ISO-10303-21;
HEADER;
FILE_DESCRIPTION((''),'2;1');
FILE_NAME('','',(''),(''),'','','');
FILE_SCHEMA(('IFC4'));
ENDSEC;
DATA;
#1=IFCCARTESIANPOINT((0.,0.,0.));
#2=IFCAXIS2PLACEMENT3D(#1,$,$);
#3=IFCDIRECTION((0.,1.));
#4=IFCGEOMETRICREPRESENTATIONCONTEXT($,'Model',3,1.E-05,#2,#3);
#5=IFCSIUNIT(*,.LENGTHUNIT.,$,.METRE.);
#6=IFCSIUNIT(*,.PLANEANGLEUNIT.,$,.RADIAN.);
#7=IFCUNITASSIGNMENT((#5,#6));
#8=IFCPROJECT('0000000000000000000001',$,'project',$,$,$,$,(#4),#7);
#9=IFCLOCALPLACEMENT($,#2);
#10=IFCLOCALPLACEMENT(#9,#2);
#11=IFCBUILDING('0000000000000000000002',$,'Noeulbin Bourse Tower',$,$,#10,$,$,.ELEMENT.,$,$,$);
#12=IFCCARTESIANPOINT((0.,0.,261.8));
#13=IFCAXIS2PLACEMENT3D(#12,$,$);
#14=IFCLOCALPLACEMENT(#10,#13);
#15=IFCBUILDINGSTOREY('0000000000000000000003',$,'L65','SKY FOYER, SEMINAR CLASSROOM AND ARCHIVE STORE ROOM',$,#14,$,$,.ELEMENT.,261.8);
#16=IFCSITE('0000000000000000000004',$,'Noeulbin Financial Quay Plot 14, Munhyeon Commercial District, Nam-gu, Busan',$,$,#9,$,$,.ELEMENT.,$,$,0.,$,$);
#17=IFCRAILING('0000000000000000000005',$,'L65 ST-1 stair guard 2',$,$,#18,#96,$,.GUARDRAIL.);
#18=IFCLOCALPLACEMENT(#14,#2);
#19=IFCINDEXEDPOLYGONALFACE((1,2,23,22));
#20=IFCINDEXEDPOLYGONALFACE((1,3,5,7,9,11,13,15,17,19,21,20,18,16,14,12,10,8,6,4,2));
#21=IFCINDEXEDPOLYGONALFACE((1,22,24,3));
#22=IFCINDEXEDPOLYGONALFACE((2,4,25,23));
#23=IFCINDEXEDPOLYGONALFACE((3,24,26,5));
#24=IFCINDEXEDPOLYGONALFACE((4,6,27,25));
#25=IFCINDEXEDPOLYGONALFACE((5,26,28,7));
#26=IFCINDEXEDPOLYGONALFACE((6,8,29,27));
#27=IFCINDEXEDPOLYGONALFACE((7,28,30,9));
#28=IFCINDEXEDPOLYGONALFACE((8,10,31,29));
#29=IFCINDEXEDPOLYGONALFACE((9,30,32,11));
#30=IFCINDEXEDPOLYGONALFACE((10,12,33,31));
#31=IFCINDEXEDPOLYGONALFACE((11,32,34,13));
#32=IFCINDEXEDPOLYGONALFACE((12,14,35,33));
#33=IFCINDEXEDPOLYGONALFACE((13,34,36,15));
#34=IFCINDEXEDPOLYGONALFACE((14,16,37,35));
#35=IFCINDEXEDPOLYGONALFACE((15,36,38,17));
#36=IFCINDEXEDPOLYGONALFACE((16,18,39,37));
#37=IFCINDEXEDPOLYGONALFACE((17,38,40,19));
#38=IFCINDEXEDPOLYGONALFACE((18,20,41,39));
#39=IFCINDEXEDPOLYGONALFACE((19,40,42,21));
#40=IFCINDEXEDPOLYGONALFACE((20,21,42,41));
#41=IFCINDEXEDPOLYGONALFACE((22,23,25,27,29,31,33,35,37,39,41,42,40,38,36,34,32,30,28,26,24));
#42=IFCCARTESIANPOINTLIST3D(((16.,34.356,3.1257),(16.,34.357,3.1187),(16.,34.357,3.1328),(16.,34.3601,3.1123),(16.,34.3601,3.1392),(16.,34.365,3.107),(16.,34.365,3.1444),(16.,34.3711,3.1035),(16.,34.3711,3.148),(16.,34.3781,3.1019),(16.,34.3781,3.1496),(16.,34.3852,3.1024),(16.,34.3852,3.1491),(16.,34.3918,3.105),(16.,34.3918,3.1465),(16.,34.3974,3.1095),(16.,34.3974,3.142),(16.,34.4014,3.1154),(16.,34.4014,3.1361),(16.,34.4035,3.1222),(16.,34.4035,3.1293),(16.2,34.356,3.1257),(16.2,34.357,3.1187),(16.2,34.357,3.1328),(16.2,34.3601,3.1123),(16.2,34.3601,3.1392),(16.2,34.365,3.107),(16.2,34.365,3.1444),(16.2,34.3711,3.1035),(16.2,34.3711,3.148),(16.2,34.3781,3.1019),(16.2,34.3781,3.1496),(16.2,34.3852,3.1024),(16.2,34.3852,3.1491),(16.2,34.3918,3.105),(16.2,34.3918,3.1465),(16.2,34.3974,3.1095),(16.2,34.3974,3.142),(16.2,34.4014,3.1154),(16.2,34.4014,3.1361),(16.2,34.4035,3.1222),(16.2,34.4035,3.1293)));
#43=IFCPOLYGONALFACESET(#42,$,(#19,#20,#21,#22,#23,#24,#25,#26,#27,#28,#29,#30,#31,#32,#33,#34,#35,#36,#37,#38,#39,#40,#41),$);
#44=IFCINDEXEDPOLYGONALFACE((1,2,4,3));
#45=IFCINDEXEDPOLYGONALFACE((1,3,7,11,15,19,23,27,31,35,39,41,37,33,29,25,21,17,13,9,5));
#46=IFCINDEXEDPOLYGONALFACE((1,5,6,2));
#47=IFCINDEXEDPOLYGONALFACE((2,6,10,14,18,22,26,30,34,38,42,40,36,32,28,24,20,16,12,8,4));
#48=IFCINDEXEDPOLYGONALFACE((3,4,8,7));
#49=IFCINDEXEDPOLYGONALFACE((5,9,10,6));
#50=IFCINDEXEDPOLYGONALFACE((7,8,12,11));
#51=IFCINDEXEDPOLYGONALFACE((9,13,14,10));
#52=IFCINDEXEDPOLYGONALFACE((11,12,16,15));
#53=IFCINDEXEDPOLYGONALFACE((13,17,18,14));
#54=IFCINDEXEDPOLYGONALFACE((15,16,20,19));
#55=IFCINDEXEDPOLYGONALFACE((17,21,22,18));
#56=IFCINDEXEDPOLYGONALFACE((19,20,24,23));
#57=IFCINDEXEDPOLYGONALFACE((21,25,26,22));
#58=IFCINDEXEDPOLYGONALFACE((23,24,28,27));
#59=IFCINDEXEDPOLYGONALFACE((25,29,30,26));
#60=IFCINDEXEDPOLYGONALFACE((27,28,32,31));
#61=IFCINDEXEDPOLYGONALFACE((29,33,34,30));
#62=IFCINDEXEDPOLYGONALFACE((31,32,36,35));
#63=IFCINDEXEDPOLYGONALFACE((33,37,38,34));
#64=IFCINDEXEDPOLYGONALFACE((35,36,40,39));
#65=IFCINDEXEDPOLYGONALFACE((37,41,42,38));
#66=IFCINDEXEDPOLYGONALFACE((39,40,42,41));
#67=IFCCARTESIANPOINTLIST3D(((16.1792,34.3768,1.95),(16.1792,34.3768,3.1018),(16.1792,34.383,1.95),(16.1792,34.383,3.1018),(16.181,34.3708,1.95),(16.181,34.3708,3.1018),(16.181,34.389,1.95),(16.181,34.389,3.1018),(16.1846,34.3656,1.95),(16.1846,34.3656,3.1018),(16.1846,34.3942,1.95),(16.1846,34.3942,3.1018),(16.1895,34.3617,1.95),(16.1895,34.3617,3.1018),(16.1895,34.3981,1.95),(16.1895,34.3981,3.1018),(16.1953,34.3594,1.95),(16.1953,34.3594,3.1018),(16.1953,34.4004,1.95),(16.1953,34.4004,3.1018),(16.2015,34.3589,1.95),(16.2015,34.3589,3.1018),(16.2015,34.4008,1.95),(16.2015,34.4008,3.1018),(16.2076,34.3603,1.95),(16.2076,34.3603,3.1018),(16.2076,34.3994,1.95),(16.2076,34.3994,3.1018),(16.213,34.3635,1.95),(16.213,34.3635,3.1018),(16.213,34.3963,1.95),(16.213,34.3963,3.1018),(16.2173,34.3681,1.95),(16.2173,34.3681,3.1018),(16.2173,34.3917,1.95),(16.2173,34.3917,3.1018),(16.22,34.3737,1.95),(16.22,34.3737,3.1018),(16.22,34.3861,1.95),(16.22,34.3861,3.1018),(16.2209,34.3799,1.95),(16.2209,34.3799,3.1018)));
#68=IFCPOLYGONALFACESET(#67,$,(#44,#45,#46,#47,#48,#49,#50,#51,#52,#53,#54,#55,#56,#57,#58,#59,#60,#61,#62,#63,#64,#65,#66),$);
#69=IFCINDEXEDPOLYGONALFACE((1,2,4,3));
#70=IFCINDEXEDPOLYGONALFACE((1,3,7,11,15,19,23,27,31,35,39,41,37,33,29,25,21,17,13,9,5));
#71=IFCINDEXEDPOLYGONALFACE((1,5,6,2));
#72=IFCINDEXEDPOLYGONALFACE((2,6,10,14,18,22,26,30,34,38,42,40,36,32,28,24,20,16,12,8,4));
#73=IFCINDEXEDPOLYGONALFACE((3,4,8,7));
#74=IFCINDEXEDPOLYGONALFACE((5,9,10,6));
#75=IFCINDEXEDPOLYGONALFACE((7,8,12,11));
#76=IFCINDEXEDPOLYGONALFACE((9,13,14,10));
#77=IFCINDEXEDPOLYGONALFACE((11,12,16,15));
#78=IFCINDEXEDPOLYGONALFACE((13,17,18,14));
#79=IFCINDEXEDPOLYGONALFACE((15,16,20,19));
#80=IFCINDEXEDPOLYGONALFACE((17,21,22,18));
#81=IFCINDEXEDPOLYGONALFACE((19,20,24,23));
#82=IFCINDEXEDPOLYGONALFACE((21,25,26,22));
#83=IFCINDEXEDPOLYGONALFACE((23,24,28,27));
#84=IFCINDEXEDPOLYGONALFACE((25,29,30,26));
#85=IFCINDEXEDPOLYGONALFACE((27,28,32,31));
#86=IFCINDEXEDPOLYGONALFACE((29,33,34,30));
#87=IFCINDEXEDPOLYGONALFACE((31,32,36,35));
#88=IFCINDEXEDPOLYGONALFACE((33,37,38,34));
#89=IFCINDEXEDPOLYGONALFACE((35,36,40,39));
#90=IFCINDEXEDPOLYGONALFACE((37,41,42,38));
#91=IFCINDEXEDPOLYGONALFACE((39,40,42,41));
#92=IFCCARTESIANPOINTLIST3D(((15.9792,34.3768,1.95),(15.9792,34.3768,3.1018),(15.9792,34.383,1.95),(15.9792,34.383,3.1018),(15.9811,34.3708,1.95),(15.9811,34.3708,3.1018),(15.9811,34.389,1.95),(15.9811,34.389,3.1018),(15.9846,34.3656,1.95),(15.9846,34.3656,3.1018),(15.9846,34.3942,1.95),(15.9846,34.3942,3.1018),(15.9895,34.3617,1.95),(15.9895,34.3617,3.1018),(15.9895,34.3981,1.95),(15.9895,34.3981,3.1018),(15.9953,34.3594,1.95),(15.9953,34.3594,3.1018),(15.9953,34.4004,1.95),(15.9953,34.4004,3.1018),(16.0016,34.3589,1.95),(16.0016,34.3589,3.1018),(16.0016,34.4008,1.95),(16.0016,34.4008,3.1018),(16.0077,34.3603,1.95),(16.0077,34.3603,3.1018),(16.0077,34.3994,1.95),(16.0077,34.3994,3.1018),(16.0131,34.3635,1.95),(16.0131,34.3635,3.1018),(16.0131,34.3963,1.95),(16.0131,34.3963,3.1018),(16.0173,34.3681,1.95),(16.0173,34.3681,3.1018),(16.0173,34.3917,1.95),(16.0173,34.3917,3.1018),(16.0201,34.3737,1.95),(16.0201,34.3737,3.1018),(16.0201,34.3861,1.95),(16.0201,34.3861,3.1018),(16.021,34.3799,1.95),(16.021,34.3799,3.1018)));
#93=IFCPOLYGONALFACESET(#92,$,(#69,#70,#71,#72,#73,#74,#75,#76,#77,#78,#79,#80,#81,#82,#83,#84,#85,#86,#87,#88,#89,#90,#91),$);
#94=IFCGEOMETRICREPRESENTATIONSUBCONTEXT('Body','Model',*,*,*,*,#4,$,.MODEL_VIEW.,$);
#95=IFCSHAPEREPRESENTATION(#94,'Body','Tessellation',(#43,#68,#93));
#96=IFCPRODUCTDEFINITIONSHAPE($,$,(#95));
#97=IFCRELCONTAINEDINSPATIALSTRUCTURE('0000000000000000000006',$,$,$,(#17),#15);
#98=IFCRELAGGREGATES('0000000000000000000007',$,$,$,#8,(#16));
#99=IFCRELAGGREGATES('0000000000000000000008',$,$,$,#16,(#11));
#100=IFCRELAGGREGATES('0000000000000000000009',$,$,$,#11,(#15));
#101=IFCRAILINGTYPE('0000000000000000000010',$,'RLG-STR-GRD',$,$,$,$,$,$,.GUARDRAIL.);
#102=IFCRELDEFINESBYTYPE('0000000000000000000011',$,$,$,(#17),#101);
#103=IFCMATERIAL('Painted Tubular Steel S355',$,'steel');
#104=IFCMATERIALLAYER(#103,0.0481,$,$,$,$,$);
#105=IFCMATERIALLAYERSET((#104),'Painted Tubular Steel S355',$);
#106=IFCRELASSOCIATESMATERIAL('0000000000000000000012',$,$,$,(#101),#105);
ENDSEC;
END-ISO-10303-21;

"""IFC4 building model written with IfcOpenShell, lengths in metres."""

from ifc_helpers import new_model, si_unit, direction, frame, origin, origin_2d, place, context, subcontext, project, spatial, circle, extrude, material, layer, layer_set, type_object, element, save


model = new_model("IFC4")

# Units and contexts
model_context = context("Model", 3, precision=1e-05, world=origin(), true_north=direction((0.0, 1.0)))
body_context = subcontext(model_context, "Body", "Model", "MODEL_VIEW")
ifc_project = project(units=[si_unit("LENGTHUNIT", "METRE"), si_unit("PLANEANGLEUNIT", "RADIAN")], contexts=[model_context])

# Site, building, storey
site_placement = place(None, origin())
site = spatial("IfcSite", under=ifc_project, at=site_placement, Name="Noeulbin Financial Quay Plot 14, Munhyeon Commercial District, Nam-gu, Busan", CompositionType="ELEMENT", RefElevation=0.0)
building_placement = place(site_placement, origin())
building = spatial("IfcBuilding", under=site, at=building_placement, Name="Noeulbin Bourse Tower", CompositionType="ELEMENT")
storey_placement = place(building_placement, frame((0.0, 0.0, 261.8)))
storey = spatial("IfcBuildingStorey", under=building, at=storey_placement, Name="L65", Description="SKY FOYER, SEMINAR CLASSROOM AND ARCHIVE STORE ROOM", CompositionType="ELEMENT", Elevation=261.8)

# Railing
ifc_material_1 = material(Name="Painted Tubular Steel S355", Category="steel")
ifc_layer_1 = layer(ifc_material_1, 0.0481)
ifc_layer_set_1 = layer_set([ifc_layer_1], Name="Painted Tubular Steel S355")
railing_type_1 = type_object("IfcRailingType", Name="RLG-STR-GRD", PredefinedType="GUARDRAIL", material=ifc_layer_set_1)
railing_1_placement = place(storey_placement, frame((16.2, 34.3799, 1.95)))
element("IfcRailing", 1, at=railing_1_placement, inside=storey, type_object=railing_type_1, Name="L65 ST-1 stair guard 2", PredefinedType="GUARDRAIL", context=body_context, shape_type="SweptSolid", body=[
    extrude(circle(Radius=0.0239, at=origin_2d()), frame((0.0, 0.0, 1.1758), z_axis=(-1.0, 0.0, 0.0), x_axis=(0.0, -1.0, 0.0)), (0.0, 0.0, 1.0), 0.2),
    extrude(circle(Radius=0.021, at=origin_2d()), origin(), (0.0, 0.0, 1.0), 1.1519),
    extrude(circle(Radius=0.021, at=origin_2d()), frame((-0.2, 0.0, 0.0)), (0.0, 0.0, 1.0), 1.1519),
])

save(model, "model.ifc")
